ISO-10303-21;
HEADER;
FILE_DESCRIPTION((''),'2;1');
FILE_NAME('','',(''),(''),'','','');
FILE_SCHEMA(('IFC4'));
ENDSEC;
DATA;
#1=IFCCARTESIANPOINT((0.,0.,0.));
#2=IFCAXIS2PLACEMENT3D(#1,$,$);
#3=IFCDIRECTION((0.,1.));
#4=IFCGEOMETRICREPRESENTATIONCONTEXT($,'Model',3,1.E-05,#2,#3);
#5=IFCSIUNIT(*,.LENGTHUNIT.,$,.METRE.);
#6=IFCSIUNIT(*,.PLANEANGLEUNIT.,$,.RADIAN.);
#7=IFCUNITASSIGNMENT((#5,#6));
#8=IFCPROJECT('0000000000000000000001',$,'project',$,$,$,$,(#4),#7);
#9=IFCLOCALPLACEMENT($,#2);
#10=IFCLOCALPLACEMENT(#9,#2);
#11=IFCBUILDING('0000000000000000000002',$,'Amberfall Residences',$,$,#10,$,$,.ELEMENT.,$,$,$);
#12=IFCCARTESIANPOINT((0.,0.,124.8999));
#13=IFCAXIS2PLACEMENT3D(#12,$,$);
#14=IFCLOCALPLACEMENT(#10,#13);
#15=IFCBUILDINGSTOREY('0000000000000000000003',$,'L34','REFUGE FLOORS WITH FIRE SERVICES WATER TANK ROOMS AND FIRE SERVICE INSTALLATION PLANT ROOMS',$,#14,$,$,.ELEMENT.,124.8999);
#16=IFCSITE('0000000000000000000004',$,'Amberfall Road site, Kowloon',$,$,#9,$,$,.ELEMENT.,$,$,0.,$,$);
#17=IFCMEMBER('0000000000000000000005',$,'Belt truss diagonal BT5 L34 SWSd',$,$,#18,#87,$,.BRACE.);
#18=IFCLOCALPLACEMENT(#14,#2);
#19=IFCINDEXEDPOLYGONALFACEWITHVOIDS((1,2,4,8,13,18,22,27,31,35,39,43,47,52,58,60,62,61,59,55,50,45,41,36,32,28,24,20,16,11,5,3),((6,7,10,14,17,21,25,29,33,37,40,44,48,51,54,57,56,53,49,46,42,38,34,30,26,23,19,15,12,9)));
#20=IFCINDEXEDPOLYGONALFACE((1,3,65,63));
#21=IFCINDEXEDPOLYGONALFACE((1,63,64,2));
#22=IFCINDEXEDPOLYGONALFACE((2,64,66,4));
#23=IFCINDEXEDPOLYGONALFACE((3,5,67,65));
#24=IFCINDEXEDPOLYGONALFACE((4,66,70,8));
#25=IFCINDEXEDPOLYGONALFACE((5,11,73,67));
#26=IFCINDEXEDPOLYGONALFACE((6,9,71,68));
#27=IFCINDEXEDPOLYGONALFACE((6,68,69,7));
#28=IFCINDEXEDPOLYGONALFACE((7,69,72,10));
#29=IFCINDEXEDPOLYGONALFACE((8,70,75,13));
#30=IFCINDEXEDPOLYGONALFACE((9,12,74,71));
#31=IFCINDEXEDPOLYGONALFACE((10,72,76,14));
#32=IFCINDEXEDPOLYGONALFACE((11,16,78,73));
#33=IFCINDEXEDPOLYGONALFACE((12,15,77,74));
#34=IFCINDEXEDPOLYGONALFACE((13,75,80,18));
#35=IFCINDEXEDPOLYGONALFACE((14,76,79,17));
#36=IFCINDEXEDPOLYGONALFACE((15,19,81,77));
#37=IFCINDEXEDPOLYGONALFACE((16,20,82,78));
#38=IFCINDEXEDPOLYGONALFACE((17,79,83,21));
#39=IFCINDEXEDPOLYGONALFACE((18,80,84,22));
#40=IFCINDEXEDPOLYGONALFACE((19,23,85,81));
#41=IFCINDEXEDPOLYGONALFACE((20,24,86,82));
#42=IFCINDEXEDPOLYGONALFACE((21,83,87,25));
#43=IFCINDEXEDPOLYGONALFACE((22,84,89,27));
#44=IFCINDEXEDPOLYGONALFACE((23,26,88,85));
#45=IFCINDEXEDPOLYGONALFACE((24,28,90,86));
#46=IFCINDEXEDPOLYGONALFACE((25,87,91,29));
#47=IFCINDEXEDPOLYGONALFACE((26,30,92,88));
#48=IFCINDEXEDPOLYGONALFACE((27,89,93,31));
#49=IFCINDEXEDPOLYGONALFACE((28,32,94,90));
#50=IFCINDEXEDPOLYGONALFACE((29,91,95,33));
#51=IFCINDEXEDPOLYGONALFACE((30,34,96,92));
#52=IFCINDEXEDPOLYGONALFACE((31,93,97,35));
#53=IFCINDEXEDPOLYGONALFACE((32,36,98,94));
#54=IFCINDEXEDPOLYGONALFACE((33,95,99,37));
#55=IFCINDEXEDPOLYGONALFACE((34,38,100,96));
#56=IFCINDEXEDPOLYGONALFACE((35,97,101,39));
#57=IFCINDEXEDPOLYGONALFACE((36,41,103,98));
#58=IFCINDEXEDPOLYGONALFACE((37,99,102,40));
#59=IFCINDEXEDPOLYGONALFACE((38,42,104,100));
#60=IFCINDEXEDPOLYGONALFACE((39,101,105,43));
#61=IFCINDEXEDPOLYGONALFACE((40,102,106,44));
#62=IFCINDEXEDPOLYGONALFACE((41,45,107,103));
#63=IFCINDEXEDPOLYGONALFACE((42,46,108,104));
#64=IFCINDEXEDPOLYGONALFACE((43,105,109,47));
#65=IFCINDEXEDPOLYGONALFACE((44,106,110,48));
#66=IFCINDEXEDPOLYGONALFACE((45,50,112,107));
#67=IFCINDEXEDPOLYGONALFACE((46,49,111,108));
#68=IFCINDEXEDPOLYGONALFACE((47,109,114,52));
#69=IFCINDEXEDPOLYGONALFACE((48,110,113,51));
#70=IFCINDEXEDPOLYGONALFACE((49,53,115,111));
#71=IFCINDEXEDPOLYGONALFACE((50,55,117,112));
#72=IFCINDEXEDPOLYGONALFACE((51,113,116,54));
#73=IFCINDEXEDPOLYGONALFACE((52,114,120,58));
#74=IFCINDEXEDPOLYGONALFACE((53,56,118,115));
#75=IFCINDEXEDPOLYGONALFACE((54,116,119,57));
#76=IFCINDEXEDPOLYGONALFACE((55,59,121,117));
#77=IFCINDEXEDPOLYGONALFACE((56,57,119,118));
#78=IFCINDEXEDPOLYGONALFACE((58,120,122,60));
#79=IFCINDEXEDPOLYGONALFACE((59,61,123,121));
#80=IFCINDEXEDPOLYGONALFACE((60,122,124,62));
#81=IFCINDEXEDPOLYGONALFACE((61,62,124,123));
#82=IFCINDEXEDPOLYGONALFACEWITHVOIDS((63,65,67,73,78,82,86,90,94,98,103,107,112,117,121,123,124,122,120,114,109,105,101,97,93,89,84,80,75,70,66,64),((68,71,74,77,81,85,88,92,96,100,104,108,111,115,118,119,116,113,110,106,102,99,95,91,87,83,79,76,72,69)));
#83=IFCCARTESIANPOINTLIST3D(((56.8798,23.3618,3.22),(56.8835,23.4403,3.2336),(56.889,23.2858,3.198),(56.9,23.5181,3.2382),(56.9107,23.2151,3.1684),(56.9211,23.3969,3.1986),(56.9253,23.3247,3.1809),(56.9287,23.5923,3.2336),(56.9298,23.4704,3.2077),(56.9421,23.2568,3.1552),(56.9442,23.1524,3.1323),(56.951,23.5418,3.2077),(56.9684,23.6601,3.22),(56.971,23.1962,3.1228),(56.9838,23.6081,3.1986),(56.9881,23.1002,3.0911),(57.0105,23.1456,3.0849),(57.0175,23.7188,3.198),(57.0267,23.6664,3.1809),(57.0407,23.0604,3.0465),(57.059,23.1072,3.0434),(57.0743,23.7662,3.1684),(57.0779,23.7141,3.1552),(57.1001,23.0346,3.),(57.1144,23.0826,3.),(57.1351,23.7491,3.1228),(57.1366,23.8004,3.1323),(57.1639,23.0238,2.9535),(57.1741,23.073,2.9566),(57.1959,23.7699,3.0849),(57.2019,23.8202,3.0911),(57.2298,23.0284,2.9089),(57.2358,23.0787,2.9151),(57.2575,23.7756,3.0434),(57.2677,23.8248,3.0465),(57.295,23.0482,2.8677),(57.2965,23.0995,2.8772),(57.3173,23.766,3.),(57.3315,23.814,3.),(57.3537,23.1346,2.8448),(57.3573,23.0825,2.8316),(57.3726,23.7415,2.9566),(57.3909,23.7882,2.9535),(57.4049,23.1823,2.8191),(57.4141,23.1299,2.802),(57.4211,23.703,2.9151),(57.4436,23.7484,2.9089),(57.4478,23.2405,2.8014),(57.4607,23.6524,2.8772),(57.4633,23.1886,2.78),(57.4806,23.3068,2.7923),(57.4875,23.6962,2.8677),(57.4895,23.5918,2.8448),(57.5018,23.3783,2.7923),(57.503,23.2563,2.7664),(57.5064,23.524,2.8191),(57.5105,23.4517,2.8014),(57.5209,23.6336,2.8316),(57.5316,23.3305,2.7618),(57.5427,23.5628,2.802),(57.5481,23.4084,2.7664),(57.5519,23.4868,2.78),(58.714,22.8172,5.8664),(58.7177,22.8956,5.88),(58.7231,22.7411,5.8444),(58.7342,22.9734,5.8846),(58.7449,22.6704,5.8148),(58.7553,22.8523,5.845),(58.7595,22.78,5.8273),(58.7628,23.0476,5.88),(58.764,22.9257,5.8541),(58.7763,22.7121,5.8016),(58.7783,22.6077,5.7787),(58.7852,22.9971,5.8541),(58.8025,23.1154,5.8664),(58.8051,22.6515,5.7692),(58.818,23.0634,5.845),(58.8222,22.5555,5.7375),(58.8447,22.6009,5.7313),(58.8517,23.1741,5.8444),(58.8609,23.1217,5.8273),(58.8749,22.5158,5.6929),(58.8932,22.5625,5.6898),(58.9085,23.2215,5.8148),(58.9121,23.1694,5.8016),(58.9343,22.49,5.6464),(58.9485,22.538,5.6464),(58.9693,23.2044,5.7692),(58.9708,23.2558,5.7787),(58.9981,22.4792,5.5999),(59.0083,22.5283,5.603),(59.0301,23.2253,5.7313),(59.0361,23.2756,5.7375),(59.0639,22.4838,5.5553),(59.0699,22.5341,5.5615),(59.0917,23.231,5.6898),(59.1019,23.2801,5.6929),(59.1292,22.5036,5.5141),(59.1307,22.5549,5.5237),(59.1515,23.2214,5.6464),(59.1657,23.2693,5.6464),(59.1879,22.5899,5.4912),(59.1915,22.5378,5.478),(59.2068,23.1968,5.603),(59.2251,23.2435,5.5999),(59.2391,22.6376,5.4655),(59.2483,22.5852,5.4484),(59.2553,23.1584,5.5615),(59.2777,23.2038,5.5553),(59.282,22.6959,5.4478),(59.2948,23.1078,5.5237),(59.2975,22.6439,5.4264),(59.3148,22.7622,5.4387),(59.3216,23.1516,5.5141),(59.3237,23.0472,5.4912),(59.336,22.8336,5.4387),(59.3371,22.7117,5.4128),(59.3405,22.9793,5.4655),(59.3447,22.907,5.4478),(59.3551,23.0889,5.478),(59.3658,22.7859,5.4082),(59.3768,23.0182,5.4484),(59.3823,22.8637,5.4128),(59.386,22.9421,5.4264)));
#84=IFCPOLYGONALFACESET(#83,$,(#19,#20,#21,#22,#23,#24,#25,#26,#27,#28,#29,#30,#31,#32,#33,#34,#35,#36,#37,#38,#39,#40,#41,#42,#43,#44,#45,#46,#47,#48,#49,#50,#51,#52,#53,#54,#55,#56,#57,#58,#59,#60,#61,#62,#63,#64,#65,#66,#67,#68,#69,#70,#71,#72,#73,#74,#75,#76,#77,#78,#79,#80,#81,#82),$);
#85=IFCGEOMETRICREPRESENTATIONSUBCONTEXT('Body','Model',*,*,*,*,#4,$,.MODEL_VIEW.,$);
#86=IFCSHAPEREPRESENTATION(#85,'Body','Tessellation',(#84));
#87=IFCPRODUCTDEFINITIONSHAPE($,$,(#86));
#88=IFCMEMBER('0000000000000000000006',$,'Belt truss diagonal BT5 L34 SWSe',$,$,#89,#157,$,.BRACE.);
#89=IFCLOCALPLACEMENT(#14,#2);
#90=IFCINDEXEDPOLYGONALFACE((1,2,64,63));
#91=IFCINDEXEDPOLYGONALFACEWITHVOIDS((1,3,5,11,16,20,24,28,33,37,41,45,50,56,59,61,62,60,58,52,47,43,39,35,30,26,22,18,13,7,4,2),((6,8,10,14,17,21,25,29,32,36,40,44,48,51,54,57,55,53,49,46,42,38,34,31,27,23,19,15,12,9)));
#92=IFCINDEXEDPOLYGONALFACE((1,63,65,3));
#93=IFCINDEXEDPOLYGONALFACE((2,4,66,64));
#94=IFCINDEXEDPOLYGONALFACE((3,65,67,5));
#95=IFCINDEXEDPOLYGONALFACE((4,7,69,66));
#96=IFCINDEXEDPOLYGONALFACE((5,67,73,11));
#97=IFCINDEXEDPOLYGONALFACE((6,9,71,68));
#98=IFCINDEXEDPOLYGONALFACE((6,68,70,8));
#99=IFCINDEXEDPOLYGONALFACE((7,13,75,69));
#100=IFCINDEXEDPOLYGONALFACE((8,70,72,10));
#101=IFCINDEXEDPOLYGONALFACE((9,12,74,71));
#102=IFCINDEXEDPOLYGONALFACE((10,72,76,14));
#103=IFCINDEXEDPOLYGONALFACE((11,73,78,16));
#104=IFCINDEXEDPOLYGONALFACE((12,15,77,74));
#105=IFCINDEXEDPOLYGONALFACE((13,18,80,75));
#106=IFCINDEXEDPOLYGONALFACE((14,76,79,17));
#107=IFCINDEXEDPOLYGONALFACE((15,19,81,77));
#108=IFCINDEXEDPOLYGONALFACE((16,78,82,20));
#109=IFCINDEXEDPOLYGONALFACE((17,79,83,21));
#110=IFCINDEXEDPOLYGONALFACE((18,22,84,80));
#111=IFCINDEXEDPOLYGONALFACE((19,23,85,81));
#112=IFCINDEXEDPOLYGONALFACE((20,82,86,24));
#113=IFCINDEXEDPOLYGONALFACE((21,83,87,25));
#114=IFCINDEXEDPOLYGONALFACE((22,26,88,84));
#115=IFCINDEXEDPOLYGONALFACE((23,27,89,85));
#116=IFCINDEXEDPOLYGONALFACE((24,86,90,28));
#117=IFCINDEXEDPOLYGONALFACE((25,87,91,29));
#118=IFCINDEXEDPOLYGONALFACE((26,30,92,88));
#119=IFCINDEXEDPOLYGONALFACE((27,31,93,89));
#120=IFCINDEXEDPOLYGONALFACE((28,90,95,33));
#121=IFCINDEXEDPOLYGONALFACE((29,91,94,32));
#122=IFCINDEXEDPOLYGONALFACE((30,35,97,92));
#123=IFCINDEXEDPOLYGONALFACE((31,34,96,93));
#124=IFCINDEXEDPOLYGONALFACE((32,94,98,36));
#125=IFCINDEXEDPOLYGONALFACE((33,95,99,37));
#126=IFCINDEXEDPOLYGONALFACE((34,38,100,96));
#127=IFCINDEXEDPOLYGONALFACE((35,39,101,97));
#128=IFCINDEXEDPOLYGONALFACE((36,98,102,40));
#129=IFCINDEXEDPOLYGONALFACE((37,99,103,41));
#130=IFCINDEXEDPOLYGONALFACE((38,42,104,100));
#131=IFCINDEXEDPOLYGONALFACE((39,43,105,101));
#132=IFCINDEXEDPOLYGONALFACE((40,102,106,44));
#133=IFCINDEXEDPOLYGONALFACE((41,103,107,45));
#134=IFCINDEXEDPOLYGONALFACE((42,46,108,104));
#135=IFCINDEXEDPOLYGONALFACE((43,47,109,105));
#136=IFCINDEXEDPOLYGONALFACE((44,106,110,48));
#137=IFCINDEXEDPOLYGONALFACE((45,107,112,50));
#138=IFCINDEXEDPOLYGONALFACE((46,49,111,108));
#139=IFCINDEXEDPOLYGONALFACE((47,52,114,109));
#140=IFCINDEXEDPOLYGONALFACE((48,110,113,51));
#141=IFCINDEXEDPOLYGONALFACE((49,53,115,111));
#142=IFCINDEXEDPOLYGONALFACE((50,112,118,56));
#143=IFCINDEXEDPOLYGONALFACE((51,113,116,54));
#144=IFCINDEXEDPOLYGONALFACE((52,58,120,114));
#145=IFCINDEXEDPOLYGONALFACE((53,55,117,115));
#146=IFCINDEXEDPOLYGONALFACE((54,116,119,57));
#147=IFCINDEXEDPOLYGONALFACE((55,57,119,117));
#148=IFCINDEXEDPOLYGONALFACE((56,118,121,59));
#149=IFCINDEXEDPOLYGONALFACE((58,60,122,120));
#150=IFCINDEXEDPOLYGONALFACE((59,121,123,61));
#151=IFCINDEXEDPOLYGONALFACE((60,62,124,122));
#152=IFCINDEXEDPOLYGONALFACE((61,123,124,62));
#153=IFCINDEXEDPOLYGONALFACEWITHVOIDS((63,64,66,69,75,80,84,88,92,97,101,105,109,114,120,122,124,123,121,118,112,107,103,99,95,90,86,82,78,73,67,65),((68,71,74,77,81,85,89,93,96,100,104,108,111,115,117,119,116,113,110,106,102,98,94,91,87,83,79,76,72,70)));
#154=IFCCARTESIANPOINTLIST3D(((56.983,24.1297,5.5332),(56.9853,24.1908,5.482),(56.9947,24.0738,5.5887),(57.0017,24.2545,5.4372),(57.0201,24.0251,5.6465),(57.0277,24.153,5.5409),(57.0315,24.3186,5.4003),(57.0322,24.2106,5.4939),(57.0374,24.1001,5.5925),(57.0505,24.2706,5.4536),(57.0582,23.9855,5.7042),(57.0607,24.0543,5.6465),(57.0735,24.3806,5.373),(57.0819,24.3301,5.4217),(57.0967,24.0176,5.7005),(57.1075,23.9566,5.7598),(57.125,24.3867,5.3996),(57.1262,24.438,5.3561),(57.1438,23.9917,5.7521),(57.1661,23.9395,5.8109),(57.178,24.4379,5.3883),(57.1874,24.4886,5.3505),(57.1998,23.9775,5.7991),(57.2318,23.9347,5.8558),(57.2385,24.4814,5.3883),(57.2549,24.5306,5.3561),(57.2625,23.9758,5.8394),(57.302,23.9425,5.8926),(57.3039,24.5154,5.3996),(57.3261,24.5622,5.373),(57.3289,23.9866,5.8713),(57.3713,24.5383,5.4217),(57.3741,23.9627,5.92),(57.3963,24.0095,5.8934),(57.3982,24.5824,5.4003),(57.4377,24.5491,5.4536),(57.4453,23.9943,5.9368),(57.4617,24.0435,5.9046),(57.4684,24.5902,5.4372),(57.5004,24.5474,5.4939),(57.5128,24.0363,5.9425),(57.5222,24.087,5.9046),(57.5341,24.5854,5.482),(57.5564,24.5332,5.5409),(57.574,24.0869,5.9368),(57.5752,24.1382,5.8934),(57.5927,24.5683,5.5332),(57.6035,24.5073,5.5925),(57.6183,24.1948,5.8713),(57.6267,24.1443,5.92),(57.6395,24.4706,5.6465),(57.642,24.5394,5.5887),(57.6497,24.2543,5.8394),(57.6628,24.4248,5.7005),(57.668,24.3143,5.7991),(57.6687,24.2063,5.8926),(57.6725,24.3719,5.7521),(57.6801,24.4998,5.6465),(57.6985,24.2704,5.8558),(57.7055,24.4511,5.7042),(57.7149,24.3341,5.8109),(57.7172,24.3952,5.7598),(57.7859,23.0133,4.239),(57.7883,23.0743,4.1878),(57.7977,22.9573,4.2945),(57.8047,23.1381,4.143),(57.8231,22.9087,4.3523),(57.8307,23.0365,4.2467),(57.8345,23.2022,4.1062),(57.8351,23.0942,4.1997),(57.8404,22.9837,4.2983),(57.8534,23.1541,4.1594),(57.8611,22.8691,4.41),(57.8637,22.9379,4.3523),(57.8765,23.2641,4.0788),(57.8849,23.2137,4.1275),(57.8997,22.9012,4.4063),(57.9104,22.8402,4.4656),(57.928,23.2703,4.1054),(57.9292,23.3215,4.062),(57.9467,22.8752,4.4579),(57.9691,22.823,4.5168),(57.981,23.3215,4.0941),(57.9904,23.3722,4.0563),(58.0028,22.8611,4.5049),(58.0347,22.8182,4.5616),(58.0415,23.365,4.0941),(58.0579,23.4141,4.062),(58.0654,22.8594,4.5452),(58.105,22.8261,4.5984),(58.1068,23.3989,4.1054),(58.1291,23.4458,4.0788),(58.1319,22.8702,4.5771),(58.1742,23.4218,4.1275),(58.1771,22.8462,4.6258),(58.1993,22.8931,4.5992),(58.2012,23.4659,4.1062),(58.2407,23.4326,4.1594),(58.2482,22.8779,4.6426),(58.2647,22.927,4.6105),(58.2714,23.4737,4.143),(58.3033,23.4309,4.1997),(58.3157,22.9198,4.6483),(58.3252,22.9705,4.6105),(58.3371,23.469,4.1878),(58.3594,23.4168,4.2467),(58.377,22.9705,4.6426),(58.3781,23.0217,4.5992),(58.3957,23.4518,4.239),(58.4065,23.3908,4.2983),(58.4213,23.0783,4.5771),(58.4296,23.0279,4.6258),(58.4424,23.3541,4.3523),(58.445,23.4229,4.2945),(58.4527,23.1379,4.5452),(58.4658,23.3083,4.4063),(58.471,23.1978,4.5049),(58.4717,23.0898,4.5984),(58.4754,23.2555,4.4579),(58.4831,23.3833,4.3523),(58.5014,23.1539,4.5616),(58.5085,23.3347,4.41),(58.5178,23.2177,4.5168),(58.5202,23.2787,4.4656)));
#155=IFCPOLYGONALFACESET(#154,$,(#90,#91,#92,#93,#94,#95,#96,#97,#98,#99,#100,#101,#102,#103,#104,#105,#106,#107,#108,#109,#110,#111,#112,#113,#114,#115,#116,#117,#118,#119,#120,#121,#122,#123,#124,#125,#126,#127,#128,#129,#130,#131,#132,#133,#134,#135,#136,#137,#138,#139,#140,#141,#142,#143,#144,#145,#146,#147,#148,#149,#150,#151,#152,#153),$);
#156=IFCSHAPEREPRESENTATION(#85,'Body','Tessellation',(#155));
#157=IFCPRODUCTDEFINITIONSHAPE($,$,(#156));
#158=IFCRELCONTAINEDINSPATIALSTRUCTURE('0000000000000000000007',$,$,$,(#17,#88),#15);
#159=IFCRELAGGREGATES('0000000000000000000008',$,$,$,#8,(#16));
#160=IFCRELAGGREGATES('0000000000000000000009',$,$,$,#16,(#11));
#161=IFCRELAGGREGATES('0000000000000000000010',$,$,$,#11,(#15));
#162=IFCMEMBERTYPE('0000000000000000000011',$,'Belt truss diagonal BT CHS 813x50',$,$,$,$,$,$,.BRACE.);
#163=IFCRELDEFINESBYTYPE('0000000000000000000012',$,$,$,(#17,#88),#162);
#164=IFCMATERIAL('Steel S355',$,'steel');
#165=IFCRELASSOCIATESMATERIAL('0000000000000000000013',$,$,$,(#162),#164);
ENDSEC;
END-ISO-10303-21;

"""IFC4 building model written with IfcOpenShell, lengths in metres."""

from ifc_helpers import new_model, si_unit, direction, frame, origin, origin_2d, place, context, subcontext, project, spatial, hollow_circle, extrude, material, material_profile, profile_set, type_object, element, save


model = new_model("IFC4")

# Units and contexts
model_context = context("Model", 3, precision=1e-05, world=origin(), true_north=direction((0.0, 1.0)))
body_context = subcontext(model_context, "Body", "Model", "MODEL_VIEW")
ifc_project = project(units=[si_unit("LENGTHUNIT", "METRE"), si_unit("PLANEANGLEUNIT", "RADIAN")], contexts=[model_context])

# Site, building, storey
site_placement = place(None, origin())
site = spatial("IfcSite", under=ifc_project, at=site_placement, Name="Amberfall Road site, Kowloon", CompositionType="ELEMENT", RefElevation=0.0)
building_placement = place(site_placement, origin())
building = spatial("IfcBuilding", under=site, at=building_placement, Name="Amberfall Residences", CompositionType="ELEMENT")
storey_placement = place(building_placement, frame((0.0, 0.0, 124.8999)))
storey = spatial("IfcBuildingStorey", under=building, at=storey_placement, Name="L34", Description="REFUGE FLOORS WITH FIRE SERVICES WATER TANK ROOMS AND FIRE SERVICE INSTALLATION PLANT ROOMS", CompositionType="ELEMENT", Elevation=124.8999)

# Shared definitions
ifc_material_1 = material(Name="Steel S355", Category="steel")

# Members
ifc_material_profile_1 = material_profile(ifc_material_1, hollow_circle(Radius=0.4065, WallThickness=0.05, at=origin_2d()), Name="CHS 813x50")
ifc_profile_set_1 = profile_set([ifc_material_profile_1], Name="Steel S355")
member_type = type_object("IfcMemberType", Name="Belt truss diagonal BT CHS 813x50", PredefinedType="BRACE", material=ifc_profile_set_1)
member_1_placement = place(storey_placement, frame((57.2158, 23.4243, 3.0), z_axis=(0.561661, -0.166786, 0.810382), x_axis=(0.284666, 0.958627, 0.0)))
element("IfcMember", 1, at=member_1_placement, inside=storey, type_object=member_type, Name="Belt truss diagonal BT5 L34 SWSd", PredefinedType="BRACE", context=body_context, shape_type="SweptSolid", body=[
    extrude(hollow_circle(Radius=0.4065, WallThickness=0.05, at=origin_2d()), origin(), (0.0, 0.0, 1.0), 3.2656),
])
member_2_placement = place(storey_placement, frame((57.3501, 24.2625, 5.6465), z_axis=(0.425209, -0.591208, -0.685325), x_axis=(0.811834, 0.583888, 0.0)))
element("IfcMember", 2, at=member_2_placement, inside=storey, type_object=member_type, Name="Belt truss diagonal BT5 L34 SWSe", PredefinedType="BRACE", context=body_context, shape_type="SweptSolid", body=[
    extrude(hollow_circle(Radius=0.4065, WallThickness=0.05, at=origin_2d()), origin(), (0.0, 0.0, 1.0), 1.8884),
])

save(model, "model.ifc")
